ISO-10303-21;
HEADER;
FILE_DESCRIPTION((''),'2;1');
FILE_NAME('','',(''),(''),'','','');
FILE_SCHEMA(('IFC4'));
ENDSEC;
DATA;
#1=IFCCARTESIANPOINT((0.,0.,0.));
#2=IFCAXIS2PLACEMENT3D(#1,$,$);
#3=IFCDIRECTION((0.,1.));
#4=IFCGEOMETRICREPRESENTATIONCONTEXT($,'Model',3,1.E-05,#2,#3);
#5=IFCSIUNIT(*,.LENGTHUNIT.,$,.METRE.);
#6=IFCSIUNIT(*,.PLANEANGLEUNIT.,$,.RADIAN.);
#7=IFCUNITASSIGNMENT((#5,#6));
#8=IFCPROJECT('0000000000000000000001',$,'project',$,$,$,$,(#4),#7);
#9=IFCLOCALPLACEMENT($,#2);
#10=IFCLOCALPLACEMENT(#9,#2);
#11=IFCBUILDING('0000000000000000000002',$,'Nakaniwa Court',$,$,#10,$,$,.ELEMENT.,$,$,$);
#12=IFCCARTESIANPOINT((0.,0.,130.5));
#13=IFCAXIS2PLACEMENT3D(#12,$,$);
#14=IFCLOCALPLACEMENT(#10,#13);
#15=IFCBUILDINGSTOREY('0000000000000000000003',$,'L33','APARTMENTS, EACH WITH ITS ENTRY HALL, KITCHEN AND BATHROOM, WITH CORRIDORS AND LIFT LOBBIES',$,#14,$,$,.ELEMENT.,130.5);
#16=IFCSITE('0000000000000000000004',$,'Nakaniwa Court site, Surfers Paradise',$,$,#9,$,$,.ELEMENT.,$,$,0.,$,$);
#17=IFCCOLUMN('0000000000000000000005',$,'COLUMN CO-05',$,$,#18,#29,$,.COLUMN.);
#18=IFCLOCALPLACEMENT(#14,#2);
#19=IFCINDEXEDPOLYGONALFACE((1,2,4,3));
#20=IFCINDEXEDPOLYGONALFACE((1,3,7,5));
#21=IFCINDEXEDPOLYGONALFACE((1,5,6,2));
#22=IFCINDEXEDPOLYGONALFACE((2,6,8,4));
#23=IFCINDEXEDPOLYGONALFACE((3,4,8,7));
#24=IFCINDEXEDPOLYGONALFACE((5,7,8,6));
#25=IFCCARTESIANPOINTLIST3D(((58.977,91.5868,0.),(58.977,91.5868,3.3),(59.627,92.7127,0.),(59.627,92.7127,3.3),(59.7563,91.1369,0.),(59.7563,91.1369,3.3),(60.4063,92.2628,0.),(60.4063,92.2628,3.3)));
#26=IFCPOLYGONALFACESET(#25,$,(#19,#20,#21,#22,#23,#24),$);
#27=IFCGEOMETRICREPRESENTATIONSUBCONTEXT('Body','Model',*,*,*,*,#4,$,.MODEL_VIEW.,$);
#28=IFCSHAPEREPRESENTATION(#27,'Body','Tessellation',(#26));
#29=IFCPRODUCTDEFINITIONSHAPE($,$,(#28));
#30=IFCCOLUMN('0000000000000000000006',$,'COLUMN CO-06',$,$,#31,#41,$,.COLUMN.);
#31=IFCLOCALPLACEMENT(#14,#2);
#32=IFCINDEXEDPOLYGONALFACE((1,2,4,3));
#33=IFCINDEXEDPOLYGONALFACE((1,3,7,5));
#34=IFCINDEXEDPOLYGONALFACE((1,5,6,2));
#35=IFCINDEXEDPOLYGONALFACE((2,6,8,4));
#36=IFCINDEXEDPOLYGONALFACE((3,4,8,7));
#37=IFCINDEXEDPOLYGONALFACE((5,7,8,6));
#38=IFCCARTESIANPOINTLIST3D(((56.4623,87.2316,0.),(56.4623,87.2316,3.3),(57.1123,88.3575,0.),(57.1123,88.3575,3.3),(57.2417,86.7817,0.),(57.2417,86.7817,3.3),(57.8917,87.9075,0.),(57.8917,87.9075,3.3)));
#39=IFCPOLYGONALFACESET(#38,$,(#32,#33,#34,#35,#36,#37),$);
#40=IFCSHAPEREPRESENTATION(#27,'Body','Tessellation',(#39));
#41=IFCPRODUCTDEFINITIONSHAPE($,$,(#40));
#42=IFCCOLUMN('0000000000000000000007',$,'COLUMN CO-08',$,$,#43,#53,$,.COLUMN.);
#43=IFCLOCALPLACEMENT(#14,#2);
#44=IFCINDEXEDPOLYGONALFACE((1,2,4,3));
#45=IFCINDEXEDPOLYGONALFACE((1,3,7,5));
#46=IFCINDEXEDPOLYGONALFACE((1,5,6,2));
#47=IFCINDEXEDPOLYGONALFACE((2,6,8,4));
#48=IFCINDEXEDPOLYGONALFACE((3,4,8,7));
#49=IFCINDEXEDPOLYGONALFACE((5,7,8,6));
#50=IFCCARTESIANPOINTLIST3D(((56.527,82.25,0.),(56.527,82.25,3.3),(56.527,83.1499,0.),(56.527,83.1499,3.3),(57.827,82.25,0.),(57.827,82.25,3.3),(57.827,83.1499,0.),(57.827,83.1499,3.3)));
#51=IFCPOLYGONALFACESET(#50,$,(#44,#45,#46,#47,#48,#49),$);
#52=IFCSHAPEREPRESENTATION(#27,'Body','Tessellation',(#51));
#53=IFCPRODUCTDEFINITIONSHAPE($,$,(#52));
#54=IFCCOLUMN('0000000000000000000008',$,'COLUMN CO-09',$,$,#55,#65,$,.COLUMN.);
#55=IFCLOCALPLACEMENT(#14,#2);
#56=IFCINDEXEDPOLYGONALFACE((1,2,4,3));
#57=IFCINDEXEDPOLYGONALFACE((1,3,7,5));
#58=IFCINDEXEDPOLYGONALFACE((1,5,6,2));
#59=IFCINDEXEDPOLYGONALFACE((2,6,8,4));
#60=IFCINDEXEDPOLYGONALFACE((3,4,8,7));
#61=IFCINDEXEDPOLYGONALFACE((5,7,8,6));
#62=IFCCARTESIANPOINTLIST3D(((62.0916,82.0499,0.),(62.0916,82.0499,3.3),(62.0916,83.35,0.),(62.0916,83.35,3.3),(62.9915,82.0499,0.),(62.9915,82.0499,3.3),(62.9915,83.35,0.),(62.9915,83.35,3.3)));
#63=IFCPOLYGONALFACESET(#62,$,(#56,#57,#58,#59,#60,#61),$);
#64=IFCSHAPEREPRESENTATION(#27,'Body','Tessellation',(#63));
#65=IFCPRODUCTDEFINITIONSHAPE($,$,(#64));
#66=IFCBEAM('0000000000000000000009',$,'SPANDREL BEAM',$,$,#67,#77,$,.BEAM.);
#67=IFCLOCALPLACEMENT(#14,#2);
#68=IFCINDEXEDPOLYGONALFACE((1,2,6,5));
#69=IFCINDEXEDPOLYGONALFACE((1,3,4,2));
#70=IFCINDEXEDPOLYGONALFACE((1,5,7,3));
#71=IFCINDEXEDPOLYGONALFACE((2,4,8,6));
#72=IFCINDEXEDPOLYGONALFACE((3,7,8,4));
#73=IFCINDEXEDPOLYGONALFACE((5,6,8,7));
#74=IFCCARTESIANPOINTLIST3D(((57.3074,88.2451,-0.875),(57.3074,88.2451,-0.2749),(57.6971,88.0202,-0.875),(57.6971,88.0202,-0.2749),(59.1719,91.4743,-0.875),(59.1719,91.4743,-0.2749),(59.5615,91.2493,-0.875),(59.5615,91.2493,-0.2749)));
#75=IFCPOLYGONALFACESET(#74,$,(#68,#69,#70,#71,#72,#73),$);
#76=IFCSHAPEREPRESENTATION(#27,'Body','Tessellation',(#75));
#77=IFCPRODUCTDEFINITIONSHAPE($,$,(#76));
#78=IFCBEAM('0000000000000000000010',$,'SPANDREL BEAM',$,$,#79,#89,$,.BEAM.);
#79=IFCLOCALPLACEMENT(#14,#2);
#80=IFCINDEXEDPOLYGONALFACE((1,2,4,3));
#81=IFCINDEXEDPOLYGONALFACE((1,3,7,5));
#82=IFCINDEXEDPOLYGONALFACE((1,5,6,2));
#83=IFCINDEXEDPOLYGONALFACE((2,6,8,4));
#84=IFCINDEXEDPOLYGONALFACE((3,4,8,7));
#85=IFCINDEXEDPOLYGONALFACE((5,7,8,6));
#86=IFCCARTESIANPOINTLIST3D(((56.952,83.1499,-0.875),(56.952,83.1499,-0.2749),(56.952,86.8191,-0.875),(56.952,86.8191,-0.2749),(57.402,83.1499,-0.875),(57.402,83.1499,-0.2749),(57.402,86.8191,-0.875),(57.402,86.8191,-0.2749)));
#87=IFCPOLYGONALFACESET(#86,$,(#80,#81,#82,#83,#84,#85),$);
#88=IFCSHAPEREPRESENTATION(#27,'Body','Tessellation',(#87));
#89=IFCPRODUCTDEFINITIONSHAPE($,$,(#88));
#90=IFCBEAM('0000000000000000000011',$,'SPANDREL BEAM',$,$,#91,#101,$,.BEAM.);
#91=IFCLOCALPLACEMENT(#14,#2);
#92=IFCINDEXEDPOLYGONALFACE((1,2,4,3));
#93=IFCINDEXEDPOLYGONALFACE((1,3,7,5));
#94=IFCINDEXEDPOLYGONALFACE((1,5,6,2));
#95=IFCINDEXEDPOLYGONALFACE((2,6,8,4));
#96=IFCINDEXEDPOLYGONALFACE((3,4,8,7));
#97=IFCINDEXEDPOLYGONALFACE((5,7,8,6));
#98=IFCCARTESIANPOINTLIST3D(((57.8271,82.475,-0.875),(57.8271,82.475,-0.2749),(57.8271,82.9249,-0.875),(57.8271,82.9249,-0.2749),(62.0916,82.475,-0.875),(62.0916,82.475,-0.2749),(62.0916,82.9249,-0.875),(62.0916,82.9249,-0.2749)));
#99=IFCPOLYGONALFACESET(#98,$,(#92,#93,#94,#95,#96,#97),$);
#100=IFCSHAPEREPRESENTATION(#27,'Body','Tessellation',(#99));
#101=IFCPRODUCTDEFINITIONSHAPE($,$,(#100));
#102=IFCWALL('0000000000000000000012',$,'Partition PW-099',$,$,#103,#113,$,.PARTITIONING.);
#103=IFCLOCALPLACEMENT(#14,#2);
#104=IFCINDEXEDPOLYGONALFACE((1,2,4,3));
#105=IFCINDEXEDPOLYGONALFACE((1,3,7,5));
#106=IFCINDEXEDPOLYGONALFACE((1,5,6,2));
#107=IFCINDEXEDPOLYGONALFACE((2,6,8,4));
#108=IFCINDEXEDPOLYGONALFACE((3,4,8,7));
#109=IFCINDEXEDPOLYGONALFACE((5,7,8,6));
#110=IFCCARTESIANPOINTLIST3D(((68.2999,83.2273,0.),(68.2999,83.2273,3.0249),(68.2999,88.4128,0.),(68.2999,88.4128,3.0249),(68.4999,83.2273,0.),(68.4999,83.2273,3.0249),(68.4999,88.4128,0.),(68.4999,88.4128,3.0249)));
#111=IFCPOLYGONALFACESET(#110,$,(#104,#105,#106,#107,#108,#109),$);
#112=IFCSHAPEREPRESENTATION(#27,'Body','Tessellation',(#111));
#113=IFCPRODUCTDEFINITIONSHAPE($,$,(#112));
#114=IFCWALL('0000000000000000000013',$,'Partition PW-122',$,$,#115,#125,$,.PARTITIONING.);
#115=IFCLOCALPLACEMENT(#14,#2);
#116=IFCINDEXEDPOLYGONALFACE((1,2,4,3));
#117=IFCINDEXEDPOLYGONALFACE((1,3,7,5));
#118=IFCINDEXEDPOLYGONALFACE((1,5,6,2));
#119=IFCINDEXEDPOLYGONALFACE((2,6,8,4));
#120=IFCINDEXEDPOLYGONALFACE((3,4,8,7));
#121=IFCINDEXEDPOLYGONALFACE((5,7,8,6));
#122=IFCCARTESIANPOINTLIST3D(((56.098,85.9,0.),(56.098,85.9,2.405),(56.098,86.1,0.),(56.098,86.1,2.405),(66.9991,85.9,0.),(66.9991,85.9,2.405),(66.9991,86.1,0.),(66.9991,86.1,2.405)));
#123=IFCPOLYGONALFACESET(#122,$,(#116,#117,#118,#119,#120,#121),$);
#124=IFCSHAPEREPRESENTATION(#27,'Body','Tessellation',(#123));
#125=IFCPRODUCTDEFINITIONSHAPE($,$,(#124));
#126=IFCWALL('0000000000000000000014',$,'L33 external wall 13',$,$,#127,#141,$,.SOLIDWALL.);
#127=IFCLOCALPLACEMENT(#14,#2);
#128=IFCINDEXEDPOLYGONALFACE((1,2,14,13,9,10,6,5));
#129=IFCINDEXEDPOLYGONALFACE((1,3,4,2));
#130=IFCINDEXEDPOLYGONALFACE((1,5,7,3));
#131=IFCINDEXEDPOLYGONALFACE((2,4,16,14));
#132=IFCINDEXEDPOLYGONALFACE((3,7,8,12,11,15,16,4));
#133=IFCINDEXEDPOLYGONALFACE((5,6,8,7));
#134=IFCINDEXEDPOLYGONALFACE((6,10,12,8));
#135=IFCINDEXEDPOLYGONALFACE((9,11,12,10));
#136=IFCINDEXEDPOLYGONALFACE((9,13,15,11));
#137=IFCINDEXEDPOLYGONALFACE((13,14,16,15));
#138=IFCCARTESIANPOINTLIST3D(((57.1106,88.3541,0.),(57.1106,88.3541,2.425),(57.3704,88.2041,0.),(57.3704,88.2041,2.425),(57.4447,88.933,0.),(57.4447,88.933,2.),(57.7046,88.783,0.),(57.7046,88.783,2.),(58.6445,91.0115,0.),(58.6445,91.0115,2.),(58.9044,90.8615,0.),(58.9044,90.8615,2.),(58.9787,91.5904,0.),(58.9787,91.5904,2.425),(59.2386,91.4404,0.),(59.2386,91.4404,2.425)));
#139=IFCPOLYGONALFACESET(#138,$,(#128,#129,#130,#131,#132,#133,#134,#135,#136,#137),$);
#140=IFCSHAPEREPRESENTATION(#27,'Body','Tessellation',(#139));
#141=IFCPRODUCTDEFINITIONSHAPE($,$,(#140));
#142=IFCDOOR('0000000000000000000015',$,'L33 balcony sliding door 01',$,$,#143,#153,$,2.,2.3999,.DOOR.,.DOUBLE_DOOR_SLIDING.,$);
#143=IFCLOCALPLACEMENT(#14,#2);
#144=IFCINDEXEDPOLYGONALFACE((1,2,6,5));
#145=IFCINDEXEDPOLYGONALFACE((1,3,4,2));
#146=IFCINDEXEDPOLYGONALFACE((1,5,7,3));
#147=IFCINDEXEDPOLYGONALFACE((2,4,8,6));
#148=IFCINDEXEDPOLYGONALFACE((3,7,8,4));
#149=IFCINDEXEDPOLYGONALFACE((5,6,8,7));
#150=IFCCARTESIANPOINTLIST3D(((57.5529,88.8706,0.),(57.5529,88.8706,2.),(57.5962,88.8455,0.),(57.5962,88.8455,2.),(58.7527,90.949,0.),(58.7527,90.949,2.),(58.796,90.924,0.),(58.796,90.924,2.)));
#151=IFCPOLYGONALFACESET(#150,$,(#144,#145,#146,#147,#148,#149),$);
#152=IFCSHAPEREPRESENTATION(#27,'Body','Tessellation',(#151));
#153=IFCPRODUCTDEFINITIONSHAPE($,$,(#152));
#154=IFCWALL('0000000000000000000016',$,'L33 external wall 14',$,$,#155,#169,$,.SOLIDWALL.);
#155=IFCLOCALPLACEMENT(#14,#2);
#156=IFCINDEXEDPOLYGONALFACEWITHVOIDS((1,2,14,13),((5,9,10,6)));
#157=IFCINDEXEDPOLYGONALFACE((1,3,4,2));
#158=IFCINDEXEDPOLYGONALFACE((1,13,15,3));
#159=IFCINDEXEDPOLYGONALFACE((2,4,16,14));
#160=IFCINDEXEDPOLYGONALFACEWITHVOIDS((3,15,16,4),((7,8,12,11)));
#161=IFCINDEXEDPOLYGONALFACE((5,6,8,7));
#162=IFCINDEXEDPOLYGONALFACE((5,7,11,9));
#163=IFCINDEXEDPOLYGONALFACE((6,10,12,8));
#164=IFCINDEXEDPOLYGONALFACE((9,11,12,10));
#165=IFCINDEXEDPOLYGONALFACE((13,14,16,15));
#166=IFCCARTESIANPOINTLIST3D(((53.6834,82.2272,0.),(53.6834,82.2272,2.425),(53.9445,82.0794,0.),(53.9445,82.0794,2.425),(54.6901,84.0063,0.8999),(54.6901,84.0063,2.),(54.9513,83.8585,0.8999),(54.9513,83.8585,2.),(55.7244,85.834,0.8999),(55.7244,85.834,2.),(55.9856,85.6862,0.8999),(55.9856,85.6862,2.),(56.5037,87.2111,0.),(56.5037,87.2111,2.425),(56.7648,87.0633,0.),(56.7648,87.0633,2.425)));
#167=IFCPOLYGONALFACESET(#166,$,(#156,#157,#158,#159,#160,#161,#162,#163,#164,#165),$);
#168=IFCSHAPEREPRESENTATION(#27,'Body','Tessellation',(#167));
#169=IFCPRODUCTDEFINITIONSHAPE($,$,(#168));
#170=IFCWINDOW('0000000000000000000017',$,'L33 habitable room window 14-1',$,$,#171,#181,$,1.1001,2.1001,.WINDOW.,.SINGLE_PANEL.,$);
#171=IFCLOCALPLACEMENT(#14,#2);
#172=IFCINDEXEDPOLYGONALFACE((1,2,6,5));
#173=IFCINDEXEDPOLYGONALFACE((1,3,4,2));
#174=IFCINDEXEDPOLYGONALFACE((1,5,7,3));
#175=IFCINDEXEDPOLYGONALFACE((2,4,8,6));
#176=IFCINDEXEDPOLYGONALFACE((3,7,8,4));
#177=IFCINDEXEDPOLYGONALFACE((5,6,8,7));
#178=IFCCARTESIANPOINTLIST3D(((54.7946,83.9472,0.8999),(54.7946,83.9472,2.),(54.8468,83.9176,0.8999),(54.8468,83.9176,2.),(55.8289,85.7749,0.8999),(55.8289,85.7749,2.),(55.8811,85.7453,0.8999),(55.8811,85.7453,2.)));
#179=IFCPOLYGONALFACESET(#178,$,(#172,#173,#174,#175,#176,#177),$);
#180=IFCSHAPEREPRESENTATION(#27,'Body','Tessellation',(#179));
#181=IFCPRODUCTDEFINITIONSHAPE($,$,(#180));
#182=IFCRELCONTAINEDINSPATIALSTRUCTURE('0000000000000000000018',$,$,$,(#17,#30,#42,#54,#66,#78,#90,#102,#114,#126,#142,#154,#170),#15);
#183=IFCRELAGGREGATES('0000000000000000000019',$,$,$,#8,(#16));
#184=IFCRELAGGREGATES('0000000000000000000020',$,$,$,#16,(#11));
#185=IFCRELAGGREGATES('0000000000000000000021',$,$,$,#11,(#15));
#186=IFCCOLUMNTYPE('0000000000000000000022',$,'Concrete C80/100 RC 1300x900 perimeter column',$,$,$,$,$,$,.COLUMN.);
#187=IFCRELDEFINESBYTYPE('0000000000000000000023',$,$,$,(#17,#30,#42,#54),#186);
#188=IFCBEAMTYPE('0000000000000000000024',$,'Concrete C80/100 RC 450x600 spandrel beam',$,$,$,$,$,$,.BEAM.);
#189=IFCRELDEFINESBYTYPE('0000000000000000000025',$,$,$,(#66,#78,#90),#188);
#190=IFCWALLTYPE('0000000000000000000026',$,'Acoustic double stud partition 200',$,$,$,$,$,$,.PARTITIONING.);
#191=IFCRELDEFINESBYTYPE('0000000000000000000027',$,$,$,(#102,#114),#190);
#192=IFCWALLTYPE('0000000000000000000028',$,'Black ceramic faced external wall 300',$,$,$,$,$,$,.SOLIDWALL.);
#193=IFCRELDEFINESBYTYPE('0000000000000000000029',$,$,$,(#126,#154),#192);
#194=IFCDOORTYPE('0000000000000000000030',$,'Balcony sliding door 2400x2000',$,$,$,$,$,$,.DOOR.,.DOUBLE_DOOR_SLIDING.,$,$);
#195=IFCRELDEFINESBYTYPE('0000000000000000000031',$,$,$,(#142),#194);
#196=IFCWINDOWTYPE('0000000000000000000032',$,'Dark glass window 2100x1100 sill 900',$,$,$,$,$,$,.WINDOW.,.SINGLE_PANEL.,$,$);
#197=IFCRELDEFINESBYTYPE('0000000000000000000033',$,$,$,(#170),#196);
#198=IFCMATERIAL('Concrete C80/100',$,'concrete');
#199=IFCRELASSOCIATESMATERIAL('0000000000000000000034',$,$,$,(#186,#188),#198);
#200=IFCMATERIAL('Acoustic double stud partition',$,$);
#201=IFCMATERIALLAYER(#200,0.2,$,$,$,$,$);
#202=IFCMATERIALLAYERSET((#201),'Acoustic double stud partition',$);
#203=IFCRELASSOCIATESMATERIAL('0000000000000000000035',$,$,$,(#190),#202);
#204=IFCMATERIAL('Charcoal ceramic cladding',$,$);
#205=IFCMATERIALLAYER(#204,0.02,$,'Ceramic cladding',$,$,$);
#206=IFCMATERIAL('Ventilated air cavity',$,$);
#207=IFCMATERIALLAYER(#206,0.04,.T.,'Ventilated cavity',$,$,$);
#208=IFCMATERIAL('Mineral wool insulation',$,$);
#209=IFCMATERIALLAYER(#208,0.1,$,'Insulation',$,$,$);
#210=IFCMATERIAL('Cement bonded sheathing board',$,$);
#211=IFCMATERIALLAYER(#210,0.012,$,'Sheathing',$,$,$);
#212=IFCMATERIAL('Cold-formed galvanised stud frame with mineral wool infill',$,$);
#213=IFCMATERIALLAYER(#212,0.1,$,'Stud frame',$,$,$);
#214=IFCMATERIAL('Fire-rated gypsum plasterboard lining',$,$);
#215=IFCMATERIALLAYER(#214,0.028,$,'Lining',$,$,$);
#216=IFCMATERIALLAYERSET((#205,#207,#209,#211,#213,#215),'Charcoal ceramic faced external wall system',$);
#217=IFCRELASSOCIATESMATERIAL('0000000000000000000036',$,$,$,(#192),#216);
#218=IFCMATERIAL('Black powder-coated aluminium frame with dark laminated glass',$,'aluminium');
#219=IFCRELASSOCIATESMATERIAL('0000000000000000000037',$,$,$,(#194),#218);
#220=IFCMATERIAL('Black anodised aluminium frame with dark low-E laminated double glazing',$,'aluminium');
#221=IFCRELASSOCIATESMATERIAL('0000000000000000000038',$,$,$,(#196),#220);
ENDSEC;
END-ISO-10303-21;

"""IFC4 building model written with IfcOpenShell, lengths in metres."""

from ifc_helpers import new_model, si_unit, direction, frame, frame_2d, origin, origin_2d, place, context, subcontext, project, spatial, rectangle, extrude, material, layer, layer_set, material_profile, profile_set, type_object, element, fill, save


model = new_model("IFC4")

# Units and contexts
model_context = context("Model", 3, precision=1e-05, world=origin(), true_north=direction((0.0, 1.0)))
body_context = subcontext(model_context, "Body", "Model", "MODEL_VIEW")
ifc_project = project(units=[si_unit("LENGTHUNIT", "METRE"), si_unit("PLANEANGLEUNIT", "RADIAN")], contexts=[model_context])

# Site, building, storey
site_placement = place(None, origin())
site = spatial("IfcSite", under=ifc_project, at=site_placement, Name="Nakaniwa Court site, Surfers Paradise", CompositionType="ELEMENT", RefElevation=0.0)
building_placement = place(site_placement, origin())
building = spatial("IfcBuilding", under=site, at=building_placement, Name="Nakaniwa Court", CompositionType="ELEMENT")
storey_placement = place(building_placement, frame((0.0, 0.0, 130.5)))
storey = spatial("IfcBuildingStorey", under=building, at=storey_placement, Name="L33", Description="APARTMENTS, EACH WITH ITS ENTRY HALL, KITCHEN AND BATHROOM, WITH CORRIDORS AND LIFT LOBBIES", CompositionType="ELEMENT", Elevation=130.5)

# Columns
ifc_material_1 = material(Name="Concrete C80/100", Category="concrete")
ifc_material_profile_1 = material_profile(ifc_material_1, rectangle(XDim=1.3, YDim=0.8999, at=origin_2d()), Name="Concrete C80/100 RC 1300x900 perimeter column")
ifc_profile_set_1 = profile_set([ifc_material_profile_1], Name="Concrete C80/100")
column_type = type_object("IfcColumnType", Name="Concrete C80/100 RC 1300x900 perimeter column", PredefinedType="COLUMN", material=ifc_profile_set_1)
for number, where, z_axis, x_axis, name in (
    (1, (59.6917, 91.9248, 0.0), (0.0, 0.0, 1.0), (-0.5, -0.866025, 0.0), "COLUMN CO-05"),
    (2, (57.177, 87.5696, 0.0), (0.0, 0.0, 1.0), (-0.5, -0.866025, 0.0), "COLUMN CO-06"),
    (3, (57.177, 82.7, 0.0), (0.0, 0.0, 1.0), (1.0, 0.0, 0.0), "COLUMN CO-08"),
    (4, (62.5415, 82.7, 0.0), (0.0, 0.0, 1.0), (0.0, -1.0, 0.0), "COLUMN CO-09"),
):
    element("IfcColumn", number, at=place(storey_placement, frame(where, z_axis=z_axis, x_axis=x_axis)), inside=storey, type_object=column_type, Name=name, PredefinedType="COLUMN", context=body_context, shape_type="SweptSolid", body=[
        extrude(rectangle(XDim=1.3, YDim=0.8999, at=origin_2d()), origin(), (0.0, 0.0, 1.0), 3.3),
    ])

# Beams
ifc_material_profile_2 = material_profile(ifc_material_1, rectangle(XDim=0.45, YDim=0.6001, at=origin_2d()), Name="Concrete C80/100 RC 450x600 spandrel beam")
ifc_profile_set_2 = profile_set([ifc_material_profile_2], Name="Concrete C80/100")
beam_type = type_object("IfcBeamType", Name="Concrete C80/100 RC 450x600 spandrel beam", PredefinedType="BEAM", material=ifc_profile_set_2)
beam_1_placement = place(storey_placement, frame((59.3667, 91.3618, -0.575), z_axis=(-0.500019, -0.866014, 0.0), x_axis=(0.866014, -0.500019, 0.0)))
element("IfcBeam", 5, at=beam_1_placement, inside=storey, type_object=beam_type, Name="SPANDREL BEAM", PredefinedType="BEAM", context=body_context, shape_type="SweptSolid", body=[
    extrude(rectangle(XDim=0.45, YDim=0.6001, at=origin_2d()), origin(), (0.0, 0.0, 1.0), 3.7288),
])
beam_2_placement = place(storey_placement, frame((57.177, 86.8191, -0.575), z_axis=(0.0, -1.0, 0.0), x_axis=(1.0, 0.0, 0.0)))
element("IfcBeam", 6, at=beam_2_placement, inside=storey, type_object=beam_type, Name="SPANDREL BEAM", PredefinedType="BEAM", context=body_context, shape_type="SweptSolid", body=[
    extrude(rectangle(XDim=0.45, YDim=0.6001, at=origin_2d()), origin(), (0.0, 0.0, 1.0), 3.6692),
])
beam_3_placement = place(storey_placement, frame((57.8271, 82.7, -0.575), z_axis=(1.0, 0.0, 0.0), x_axis=(0.0, 1.0, 0.0)))
element("IfcBeam", 7, at=beam_3_placement, inside=storey, type_object=beam_type, Name="SPANDREL BEAM", PredefinedType="BEAM", context=body_context, shape_type="SweptSolid", body=[
    extrude(rectangle(XDim=0.45, YDim=0.6001, at=origin_2d()), origin(), (0.0, 0.0, 1.0), 4.2644),
])

# Walls
ifc_material_2 = material(Name="Acoustic double stud partition")
ifc_layer_1 = layer(ifc_material_2, 0.2)
ifc_layer_set_1 = layer_set([ifc_layer_1], Name="Acoustic double stud partition")
wall_type_1 = type_object("IfcWallType", Name="Acoustic double stud partition 200", PredefinedType="PARTITIONING", material=ifc_layer_set_1)
wall_1_placement = place(storey_placement, frame((68.3999, 83.2273, 0.0), z_axis=(0.0, 0.0, 1.0), x_axis=(0.0, 1.0, 0.0)))
element("IfcWall", 8, at=wall_1_placement, inside=storey, type_object=wall_type_1, Name="Partition PW-099", PredefinedType="PARTITIONING", context=body_context, shape_type="SweptSolid", body=[
    extrude(rectangle(XDim=5.1855, YDim=0.2, at=frame_2d((2.5928, 0.0))), origin(), (0.0, 0.0, 1.0), 3.0249),
])
wall_2_placement = place(storey_placement, frame((56.0979, 86.0, 0.0), z_axis=(0.0, 0.0, 1.0), x_axis=(1.0, 0.0, 0.0)))
element("IfcWall", 9, at=wall_2_placement, inside=storey, type_object=wall_type_1, Name="Partition PW-122", PredefinedType="PARTITIONING", context=body_context, shape_type="SweptSolid", body=[
    extrude(rectangle(XDim=10.9011, YDim=0.2, at=frame_2d((5.4507, 0.0))), origin(), (0.0, 0.0, 1.0), 2.405),
])

# Wall, opening, door
ifc_material_3 = material(Name="Charcoal ceramic cladding")
ifc_layer_2 = layer(ifc_material_3, 0.02, Name="Ceramic cladding")
ifc_material_4 = material(Name="Ventilated air cavity")
ifc_layer_3 = layer(ifc_material_4, 0.04, ventilated=True, Name="Ventilated cavity")
ifc_material_5 = material(Name="Mineral wool insulation")
ifc_layer_4 = layer(ifc_material_5, 0.1, Name="Insulation")
ifc_material_6 = material(Name="Cement bonded sheathing board")
ifc_layer_5 = layer(ifc_material_6, 0.012, Name="Sheathing")
ifc_material_7 = material(Name="Cold-formed galvanised stud frame with mineral wool infill")
ifc_layer_6 = layer(ifc_material_7, 0.1, Name="Stud frame")
ifc_material_8 = material(Name="Fire-rated gypsum plasterboard lining")
ifc_layer_7 = layer(ifc_material_8, 0.028, Name="Lining")
ifc_layer_set_2 = layer_set([ifc_layer_2, ifc_layer_3, ifc_layer_4, ifc_layer_5, ifc_layer_6, ifc_layer_7], Name="Charcoal ceramic faced external wall system")
wall_type_2 = type_object("IfcWallType", Name="Black ceramic faced external wall 300", PredefinedType="SOLIDWALL", material=ifc_layer_set_2)
wall_3_placement = place(storey_placement, frame((59.1086, 91.5154, 0.0), z_axis=(0.0, 0.0, 1.0), x_axis=(-0.499934, -0.866064, 0.0)))
wall_3 = element("IfcWall", 10, at=wall_3_placement, inside=storey, type_object=wall_type_2, Name="L33 external wall 13", PredefinedType="SOLIDWALL", context=body_context, shape_type="SweptSolid", body=[
    extrude(rectangle(XDim=3.7368, YDim=0.3, at=frame_2d((1.8684, 0.0))), origin(), (0.0, 0.0, 1.0), 2.425),
])
opening_1_placement = place(wall_3_placement, frame((0.6685, 0.0, 0.0)))
opening_1 = element("IfcOpeningElement", 11, at=opening_1_placement, cuts=wall_3, PredefinedType="OPENING", context=body_context, shape_type="SweptSolid", body=[
    extrude(rectangle(XDim=2.3999, YDim=2.0, at=frame_2d((1.2, 1.0))), frame((0.0, 0.1599, 0.0), z_axis=(0.0, -1.0, 0.0), x_axis=(1.0, 0.0, 0.0)), (0.0, 0.0, 1.0), 0.3201),
])
ifc_material_9 = material(Name="Black powder-coated aluminium frame with dark laminated glass", Category="aluminium")
door_type_1 = type_object("IfcDoorType", Name="Balcony sliding door 2400x2000", OperationType="DOUBLE_DOOR_SLIDING", PredefinedType="DOOR", material=ifc_material_9)
door_1_placement = place(opening_1_placement, origin())
door_1 = element("IfcDoor", 12, at=door_1_placement, inside=storey, type_object=door_type_1, Name="L33 balcony sliding door 01", OperationType="DOUBLE_DOOR_SLIDING", OverallHeight=2.0, OverallWidth=2.3999, PredefinedType="DOOR", context=body_context, shape_type="SweptSolid", body=[
    extrude(rectangle(XDim=2.3999, YDim=2.0, at=frame_2d((1.2, 1.0))), frame((0.0, 0.0249, 0.0), z_axis=(0.0, -1.0, 0.0), x_axis=(1.0, 0.0, 0.0)), (0.0, 0.0, 1.0), 0.05),
])
fill(opening_1, door_1)

# Wall, opening, window
wall_4_placement = place(storey_placement, frame((56.6343, 87.1372, 0.0), z_axis=(0.0, 0.0, 1.0), x_axis=(-0.492498, -0.870313, 0.0)))
wall_4 = element("IfcWall", 13, at=wall_4_placement, inside=storey, type_object=wall_type_2, Name="L33 external wall 14", PredefinedType="SOLIDWALL", context=body_context, shape_type="SweptSolid", body=[
    extrude(rectangle(XDim=5.7266, YDim=0.3, at=frame_2d((2.8633, 0.0))), origin(), (0.0, 0.0, 1.0), 2.425),
])
opening_2_placement = place(wall_4_placement, frame((1.5823, 0.0, 0.8999)))
opening_2 = element("IfcOpeningElement", 14, at=opening_2_placement, cuts=wall_4, PredefinedType="OPENING", context=body_context, shape_type="SweptSolid", body=[
    extrude(rectangle(XDim=2.1001, YDim=1.1001, at=frame_2d((1.05, 0.55))), frame((0.0, 0.1599, 0.0), z_axis=(0.0, -1.0, 0.0), x_axis=(1.0, 0.0, 0.0)), (0.0, 0.0, 1.0), 0.3201),
])
ifc_material_10 = material(Name="Black anodised aluminium frame with dark low-E laminated double glazing", Category="aluminium")
window_type_1 = type_object("IfcWindowType", Name="Dark glass window 2100x1100 sill 900", PartitioningType="SINGLE_PANEL", PredefinedType="WINDOW", material=ifc_material_10)
window_1_placement = place(opening_2_placement, origin())
window_1 = element("IfcWindow", 15, at=window_1_placement, inside=storey, type_object=window_type_1, Name="L33 habitable room window 14-1", OverallHeight=1.1001, OverallWidth=2.1001, PartitioningType="SINGLE_PANEL", PredefinedType="WINDOW", context=body_context, shape_type="SweptSolid", body=[
    extrude(rectangle(XDim=2.1001, YDim=1.1001, at=frame_2d((1.05, 0.55))), frame((0.0, 0.03, 0.0), z_axis=(0.0, -1.0, 0.0), x_axis=(1.0, 0.0, 0.0)), (0.0, 0.0, 1.0), 0.0601),
])
fill(opening_2, window_1)

save(model, "model.ifc")
